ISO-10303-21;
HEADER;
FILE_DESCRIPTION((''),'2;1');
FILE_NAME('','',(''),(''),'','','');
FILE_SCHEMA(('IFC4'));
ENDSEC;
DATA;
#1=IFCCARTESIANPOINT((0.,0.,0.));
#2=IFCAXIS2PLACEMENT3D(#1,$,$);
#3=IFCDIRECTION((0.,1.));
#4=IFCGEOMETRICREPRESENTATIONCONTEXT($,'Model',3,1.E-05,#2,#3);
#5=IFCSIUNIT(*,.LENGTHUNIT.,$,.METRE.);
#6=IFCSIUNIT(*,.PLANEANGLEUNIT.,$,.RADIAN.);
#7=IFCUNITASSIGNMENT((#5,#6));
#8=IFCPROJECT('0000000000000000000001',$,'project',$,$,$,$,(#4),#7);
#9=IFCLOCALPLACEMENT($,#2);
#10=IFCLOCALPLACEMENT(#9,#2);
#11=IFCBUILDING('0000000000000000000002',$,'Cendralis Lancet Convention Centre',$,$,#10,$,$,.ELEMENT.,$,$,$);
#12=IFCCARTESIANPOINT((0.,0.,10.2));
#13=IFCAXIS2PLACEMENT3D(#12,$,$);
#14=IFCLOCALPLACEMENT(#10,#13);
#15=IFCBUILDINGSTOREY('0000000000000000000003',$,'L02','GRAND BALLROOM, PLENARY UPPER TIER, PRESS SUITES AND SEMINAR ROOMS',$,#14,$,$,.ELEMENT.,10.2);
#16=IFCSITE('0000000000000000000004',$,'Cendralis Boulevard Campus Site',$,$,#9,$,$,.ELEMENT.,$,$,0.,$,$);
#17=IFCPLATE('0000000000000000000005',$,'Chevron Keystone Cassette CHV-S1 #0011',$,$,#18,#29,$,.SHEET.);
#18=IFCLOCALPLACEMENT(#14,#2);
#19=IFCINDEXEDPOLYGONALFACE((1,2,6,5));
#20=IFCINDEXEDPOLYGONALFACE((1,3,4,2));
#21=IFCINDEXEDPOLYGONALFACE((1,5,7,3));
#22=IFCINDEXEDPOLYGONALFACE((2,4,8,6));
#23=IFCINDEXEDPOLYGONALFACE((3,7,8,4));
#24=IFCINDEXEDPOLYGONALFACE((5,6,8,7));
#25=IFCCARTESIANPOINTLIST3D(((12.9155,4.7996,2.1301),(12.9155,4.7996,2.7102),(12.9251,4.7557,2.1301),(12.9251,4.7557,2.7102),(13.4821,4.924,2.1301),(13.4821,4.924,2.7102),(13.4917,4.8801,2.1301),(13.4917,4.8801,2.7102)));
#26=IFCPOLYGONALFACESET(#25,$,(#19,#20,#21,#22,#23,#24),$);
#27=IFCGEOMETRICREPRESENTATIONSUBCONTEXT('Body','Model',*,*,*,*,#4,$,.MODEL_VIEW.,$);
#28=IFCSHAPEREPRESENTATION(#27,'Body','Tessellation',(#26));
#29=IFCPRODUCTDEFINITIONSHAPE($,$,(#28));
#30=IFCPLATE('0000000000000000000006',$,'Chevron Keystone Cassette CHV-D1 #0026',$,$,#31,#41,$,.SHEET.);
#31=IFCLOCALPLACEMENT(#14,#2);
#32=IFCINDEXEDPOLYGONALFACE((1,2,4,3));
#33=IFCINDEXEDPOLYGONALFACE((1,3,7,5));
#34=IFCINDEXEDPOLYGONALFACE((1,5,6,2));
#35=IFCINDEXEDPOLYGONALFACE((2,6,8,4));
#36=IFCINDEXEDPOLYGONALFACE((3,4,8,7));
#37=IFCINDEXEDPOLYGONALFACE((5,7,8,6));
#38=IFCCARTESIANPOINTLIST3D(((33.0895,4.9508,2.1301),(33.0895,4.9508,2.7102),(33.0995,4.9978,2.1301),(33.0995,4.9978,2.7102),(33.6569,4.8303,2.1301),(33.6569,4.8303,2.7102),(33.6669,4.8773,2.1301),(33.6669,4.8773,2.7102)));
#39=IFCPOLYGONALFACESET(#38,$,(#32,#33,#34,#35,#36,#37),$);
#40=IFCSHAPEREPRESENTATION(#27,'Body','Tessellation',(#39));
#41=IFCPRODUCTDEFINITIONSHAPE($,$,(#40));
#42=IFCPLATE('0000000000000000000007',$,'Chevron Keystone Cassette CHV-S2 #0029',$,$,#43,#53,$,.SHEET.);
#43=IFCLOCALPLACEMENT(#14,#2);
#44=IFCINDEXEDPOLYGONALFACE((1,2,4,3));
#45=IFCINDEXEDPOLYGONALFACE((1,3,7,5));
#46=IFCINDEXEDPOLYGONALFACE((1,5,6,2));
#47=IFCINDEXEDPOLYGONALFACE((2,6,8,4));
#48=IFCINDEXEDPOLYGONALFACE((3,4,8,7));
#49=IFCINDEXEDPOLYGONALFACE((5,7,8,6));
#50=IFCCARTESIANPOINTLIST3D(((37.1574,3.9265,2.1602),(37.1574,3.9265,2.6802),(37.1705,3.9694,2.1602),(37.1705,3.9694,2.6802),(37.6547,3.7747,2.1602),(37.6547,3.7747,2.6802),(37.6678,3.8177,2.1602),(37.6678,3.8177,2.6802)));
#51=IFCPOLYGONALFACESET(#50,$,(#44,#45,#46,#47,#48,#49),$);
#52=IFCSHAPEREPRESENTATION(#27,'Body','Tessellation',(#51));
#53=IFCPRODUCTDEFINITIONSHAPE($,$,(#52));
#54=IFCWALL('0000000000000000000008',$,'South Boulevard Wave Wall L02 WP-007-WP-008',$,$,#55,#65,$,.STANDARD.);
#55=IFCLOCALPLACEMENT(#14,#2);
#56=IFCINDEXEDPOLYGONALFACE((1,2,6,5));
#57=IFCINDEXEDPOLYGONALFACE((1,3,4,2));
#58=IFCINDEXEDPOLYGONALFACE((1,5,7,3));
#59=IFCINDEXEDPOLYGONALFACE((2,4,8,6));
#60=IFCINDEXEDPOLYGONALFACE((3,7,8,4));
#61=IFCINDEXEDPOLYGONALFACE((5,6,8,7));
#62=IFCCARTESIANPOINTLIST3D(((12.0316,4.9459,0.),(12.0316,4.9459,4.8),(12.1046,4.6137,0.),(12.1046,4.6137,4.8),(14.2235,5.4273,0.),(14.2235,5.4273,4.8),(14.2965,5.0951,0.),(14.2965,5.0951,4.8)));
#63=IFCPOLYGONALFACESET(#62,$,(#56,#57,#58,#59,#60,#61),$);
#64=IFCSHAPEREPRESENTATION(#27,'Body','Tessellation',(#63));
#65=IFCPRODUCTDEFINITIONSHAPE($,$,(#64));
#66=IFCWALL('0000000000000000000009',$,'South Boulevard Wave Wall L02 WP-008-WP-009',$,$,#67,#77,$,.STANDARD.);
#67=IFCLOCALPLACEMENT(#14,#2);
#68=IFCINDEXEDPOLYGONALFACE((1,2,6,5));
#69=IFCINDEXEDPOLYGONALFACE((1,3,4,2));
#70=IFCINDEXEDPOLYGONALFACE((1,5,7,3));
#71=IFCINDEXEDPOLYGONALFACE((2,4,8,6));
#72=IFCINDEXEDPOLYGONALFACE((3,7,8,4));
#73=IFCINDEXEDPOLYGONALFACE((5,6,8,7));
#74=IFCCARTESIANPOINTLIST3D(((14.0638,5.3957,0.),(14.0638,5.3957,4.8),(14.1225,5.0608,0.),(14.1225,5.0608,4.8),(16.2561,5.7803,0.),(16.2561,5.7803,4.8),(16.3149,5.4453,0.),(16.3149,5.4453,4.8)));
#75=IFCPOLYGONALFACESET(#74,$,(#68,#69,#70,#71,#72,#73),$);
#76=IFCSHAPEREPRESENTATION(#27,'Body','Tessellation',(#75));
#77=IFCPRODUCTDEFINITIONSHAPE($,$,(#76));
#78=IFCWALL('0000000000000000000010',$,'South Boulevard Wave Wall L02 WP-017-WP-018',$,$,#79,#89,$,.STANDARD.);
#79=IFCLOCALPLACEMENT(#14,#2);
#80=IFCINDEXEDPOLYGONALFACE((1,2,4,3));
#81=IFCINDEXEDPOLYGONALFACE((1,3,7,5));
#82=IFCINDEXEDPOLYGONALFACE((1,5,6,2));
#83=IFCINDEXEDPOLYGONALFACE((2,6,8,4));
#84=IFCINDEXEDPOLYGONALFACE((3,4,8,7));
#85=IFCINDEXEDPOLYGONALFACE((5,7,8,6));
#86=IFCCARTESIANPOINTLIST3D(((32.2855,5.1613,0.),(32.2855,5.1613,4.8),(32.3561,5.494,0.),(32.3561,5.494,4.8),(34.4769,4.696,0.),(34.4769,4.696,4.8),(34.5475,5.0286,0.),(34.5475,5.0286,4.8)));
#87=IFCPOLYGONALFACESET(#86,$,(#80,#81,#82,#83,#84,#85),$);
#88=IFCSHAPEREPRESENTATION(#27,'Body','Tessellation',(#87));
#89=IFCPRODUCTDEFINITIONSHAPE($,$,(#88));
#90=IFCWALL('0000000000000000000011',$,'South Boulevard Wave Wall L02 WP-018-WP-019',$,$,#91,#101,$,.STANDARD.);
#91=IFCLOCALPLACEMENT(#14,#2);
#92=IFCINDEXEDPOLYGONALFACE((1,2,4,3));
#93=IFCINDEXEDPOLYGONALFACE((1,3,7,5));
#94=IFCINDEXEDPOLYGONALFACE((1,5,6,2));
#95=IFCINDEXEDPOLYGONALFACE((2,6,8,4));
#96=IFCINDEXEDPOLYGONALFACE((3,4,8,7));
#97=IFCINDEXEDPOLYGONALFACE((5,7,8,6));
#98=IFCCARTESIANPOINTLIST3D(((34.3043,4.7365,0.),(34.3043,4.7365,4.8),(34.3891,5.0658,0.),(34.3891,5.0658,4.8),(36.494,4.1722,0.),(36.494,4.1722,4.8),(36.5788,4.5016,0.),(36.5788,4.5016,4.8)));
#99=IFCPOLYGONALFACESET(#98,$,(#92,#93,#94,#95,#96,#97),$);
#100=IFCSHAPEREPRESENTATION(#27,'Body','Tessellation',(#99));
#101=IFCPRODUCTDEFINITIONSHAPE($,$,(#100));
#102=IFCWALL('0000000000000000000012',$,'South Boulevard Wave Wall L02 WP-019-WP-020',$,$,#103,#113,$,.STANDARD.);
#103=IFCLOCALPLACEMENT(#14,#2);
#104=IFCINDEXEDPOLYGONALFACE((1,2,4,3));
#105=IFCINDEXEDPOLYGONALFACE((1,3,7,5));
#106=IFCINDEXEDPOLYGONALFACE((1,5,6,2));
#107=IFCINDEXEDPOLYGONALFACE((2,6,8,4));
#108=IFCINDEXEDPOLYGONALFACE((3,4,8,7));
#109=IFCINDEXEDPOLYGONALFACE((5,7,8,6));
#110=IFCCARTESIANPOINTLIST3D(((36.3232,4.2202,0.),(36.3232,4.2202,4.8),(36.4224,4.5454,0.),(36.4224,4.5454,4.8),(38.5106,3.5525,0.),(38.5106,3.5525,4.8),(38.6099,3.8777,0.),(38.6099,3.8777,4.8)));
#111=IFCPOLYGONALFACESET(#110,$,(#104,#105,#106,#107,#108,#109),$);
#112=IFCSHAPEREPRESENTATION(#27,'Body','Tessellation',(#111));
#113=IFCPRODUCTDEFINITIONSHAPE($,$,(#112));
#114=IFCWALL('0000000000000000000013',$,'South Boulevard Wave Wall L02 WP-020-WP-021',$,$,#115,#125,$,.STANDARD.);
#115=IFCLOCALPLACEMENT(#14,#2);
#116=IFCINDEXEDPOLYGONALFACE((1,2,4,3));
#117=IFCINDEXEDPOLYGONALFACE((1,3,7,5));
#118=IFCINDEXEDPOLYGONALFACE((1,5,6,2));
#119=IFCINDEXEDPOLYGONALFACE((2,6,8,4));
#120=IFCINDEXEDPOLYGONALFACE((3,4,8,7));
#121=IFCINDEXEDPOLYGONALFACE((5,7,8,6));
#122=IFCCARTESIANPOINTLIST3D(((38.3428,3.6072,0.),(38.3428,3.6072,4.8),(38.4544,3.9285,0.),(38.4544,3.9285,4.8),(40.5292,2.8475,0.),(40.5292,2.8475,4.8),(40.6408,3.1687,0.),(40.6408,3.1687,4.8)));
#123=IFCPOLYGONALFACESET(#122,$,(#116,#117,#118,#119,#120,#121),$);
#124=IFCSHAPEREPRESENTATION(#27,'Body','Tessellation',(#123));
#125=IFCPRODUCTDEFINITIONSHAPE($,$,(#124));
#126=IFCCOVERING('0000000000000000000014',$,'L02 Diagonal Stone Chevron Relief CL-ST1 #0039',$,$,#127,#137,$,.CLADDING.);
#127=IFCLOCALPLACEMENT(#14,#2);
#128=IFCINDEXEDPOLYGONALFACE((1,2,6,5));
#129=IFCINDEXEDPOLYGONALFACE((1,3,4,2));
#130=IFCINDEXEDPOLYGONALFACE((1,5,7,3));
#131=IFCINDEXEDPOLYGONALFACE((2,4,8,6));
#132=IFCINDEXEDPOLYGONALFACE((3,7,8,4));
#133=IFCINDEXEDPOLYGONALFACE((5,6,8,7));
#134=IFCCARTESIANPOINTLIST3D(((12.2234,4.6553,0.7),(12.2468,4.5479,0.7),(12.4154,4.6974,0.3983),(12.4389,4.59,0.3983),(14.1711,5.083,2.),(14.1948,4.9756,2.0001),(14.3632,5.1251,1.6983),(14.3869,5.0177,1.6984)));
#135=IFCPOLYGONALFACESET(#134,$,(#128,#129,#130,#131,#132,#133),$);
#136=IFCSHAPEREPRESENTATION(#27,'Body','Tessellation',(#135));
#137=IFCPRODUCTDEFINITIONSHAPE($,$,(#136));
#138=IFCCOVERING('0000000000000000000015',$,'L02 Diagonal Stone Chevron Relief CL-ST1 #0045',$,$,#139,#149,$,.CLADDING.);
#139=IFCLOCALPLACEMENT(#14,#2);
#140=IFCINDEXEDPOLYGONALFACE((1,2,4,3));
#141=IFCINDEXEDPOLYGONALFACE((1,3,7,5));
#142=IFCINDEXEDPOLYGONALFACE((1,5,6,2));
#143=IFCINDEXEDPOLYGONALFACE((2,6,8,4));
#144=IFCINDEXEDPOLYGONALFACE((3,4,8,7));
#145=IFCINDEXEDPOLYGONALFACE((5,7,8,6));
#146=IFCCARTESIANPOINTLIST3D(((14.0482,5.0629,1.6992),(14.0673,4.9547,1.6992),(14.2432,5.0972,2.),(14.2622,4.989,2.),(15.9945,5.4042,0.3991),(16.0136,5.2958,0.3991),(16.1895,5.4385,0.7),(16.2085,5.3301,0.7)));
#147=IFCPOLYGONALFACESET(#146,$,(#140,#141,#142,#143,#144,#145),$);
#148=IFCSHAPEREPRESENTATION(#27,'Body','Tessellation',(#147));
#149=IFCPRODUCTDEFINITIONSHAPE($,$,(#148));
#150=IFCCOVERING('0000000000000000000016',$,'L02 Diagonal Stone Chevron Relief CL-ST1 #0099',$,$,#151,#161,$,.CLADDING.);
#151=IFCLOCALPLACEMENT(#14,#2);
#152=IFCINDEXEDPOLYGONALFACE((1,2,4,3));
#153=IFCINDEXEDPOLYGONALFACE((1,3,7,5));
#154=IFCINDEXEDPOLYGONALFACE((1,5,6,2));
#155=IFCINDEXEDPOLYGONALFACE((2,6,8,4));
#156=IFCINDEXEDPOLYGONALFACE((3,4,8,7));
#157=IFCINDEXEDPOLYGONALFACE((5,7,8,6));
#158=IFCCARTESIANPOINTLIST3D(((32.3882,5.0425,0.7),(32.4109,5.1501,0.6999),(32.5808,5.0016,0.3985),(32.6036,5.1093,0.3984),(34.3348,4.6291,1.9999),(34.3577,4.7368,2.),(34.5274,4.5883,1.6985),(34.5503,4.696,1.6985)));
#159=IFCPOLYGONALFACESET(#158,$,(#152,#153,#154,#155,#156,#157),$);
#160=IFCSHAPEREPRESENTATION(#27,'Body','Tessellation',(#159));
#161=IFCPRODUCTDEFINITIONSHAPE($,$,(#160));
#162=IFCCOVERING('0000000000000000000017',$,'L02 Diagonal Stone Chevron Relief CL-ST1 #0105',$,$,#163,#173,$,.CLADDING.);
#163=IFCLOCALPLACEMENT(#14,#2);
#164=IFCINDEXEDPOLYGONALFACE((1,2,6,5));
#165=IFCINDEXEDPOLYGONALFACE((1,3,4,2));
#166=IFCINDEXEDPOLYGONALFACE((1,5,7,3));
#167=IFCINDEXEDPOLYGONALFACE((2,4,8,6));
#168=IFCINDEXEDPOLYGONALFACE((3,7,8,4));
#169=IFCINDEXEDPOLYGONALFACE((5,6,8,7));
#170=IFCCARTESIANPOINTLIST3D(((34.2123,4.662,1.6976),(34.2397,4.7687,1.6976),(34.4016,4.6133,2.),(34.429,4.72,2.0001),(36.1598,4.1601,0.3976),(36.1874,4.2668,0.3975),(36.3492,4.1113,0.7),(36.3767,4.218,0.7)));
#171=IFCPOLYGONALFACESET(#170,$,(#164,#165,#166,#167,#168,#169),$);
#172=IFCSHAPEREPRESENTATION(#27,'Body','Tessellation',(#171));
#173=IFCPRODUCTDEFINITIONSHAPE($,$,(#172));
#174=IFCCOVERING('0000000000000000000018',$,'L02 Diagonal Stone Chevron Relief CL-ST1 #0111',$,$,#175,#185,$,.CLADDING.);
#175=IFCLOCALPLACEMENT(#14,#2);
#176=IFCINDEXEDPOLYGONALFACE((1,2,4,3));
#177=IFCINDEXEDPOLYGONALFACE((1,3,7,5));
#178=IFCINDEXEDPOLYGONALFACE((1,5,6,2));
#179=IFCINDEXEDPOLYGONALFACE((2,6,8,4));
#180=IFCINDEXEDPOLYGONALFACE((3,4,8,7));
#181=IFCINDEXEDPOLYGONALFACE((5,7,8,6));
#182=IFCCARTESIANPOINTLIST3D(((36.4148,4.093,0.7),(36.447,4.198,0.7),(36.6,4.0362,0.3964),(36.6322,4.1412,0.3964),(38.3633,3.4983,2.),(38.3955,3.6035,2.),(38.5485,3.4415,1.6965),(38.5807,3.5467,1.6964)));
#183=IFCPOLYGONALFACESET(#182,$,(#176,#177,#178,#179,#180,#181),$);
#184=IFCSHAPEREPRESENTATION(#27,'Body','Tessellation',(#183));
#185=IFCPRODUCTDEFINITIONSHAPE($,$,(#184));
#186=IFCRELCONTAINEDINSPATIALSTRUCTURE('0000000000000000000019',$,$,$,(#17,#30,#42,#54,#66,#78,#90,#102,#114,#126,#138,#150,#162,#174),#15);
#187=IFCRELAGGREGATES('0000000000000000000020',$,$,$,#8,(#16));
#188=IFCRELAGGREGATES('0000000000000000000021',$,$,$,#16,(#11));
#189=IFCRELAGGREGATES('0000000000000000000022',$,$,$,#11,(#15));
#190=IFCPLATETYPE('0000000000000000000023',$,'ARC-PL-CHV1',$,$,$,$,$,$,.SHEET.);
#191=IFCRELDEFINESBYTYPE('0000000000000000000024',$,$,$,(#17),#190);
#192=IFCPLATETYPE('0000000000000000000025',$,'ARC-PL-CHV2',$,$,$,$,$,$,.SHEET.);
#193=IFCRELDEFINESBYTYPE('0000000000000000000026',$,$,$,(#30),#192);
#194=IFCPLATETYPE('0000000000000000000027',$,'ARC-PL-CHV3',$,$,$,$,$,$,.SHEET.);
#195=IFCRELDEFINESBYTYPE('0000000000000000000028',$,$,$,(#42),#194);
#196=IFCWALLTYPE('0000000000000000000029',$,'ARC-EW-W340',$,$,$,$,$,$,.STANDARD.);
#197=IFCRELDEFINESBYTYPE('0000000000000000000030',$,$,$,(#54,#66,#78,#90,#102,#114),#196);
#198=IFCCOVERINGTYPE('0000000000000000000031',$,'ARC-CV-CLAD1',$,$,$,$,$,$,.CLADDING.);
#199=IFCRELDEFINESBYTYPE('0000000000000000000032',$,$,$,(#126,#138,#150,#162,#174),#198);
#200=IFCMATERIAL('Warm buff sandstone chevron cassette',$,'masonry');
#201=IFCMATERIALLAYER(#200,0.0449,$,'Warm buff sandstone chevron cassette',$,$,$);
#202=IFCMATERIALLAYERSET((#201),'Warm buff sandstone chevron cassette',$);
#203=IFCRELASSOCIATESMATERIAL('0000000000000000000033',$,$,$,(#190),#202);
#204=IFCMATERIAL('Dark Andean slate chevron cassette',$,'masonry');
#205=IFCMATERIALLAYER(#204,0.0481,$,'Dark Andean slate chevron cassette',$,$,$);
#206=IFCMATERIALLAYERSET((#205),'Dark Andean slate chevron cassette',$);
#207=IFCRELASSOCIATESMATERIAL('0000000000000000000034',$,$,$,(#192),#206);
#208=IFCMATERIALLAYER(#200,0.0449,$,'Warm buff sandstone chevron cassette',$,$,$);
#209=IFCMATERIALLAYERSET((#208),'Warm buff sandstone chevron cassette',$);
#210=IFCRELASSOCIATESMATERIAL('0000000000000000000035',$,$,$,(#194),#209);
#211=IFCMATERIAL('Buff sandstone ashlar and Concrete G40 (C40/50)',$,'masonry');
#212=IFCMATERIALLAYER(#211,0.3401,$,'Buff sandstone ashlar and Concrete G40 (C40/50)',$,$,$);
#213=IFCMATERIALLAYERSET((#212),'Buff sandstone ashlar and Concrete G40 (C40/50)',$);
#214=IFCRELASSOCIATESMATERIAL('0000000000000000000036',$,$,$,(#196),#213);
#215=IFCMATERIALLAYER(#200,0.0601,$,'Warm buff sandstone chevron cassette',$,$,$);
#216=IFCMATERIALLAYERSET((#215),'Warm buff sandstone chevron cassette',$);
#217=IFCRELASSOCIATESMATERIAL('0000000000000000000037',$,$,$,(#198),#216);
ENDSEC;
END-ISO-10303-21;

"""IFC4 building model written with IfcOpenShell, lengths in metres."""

from ifc_helpers import new_model, si_unit, direction, frame, frame_2d, origin, origin_2d, place, context, subcontext, project, spatial, polyline, rectangle, outline, extrude, material, layer, layer_set, type_object, element, save


model = new_model("IFC4")

# Units and contexts
model_context = context("Model", 3, precision=1e-05, world=origin(), true_north=direction((0.0, 1.0)))
body_context = subcontext(model_context, "Body", "Model", "MODEL_VIEW")
ifc_project = project(units=[si_unit("LENGTHUNIT", "METRE"), si_unit("PLANEANGLEUNIT", "RADIAN")], contexts=[model_context])

# Site, building, storey
site_placement = place(None, origin())
site = spatial("IfcSite", under=ifc_project, at=site_placement, Name="Cendralis Boulevard Campus Site", CompositionType="ELEMENT", RefElevation=0.0)
building_placement = place(site_placement, origin())
building = spatial("IfcBuilding", under=site, at=building_placement, Name="Cendralis Lancet Convention Centre", CompositionType="ELEMENT")
storey_placement = place(building_placement, frame((0.0, 0.0, 10.2)))
storey = spatial("IfcBuildingStorey", under=building, at=storey_placement, Name="L02", Description="GRAND BALLROOM, PLENARY UPPER TIER, PRESS SUITES AND SEMINAR ROOMS", CompositionType="ELEMENT", Elevation=10.2)

# Plates
ifc_material_1 = material(Name="Warm buff sandstone chevron cassette", Category="masonry")
ifc_layer_1 = layer(ifc_material_1, 0.0449, Name="Warm buff sandstone chevron cassette")
ifc_layer_set_1 = layer_set([ifc_layer_1], Name="Warm buff sandstone chevron cassette")
plate_type_1 = type_object("IfcPlateType", Name="ARC-PL-CHV1", PredefinedType="SHEET", material=ifc_layer_set_1)
plate_1_placement = place(storey_placement, frame((13.2036, 4.8398, 2.1301), z_axis=(0.0, 0.0, 1.0), x_axis=(0.976717, 0.214531, 0.0)))
element("IfcPlate", 1, at=plate_1_placement, inside=storey, type_object=plate_type_1, Name="Chevron Keystone Cassette CHV-S1 #0011", PredefinedType="SHEET", context=body_context, shape_type="SweptSolid", body=[
    extrude(rectangle(XDim=0.5801, YDim=0.0449, at=origin_2d()), origin(), (0.0, 0.0, 1.0), 0.5801),
])
ifc_material_2 = material(Name="Dark Andean slate chevron cassette", Category="masonry")
ifc_layer_2 = layer(ifc_material_2, 0.0481, Name="Dark Andean slate chevron cassette")
ifc_layer_set_2 = layer_set([ifc_layer_2], Name="Dark Andean slate chevron cassette")
plate_type_2 = type_object("IfcPlateType", Name="ARC-PL-CHV2", PredefinedType="SHEET", material=ifc_layer_set_2)
plate_2_placement = place(storey_placement, frame((33.3782, 4.9141, 2.1301), z_axis=(0.0, 0.0, 1.0), x_axis=(0.978191, -0.207707, 0.0)))
element("IfcPlate", 2, at=plate_2_placement, inside=storey, type_object=plate_type_2, Name="Chevron Keystone Cassette CHV-D1 #0026", PredefinedType="SHEET", context=body_context, shape_type="SweptSolid", body=[
    extrude(rectangle(XDim=0.5801, YDim=0.0481, at=origin_2d()), origin(), (0.0, 0.0, 1.0), 0.5801),
])
ifc_layer_3 = layer(ifc_material_1, 0.0449, Name="Warm buff sandstone chevron cassette")
ifc_layer_set_3 = layer_set([ifc_layer_3], Name="Warm buff sandstone chevron cassette")
plate_type_3 = type_object("IfcPlateType", Name="ARC-PL-CHV3", PredefinedType="SHEET", material=ifc_layer_set_3)
plate_3_placement = place(storey_placement, frame((37.4126, 3.8721, 2.1602), z_axis=(0.0, 0.0, 1.0), x_axis=(0.956453, -0.291888, 0.0)))
element("IfcPlate", 3, at=plate_3_placement, inside=storey, type_object=plate_type_3, Name="Chevron Keystone Cassette CHV-S2 #0029", PredefinedType="SHEET", context=body_context, shape_type="SweptSolid", body=[
    extrude(rectangle(XDim=0.52, YDim=0.0449, at=origin_2d()), origin(), (0.0, 0.0, 1.0), 0.52),
])

# Walls
ifc_material_3 = material(Name="Buff sandstone ashlar and Concrete G40 (C40/50)", Category="masonry")
ifc_layer_4 = layer(ifc_material_3, 0.3401, Name="Buff sandstone ashlar and Concrete G40 (C40/50)")
ifc_layer_set_4 = layer_set([ifc_layer_4], Name="Buff sandstone ashlar and Concrete G40 (C40/50)")
wall_type = type_object("IfcWallType", Name="ARC-EW-W340", PredefinedType="STANDARD", material=ifc_layer_set_4)
wall_1_placement = place(storey_placement, frame((12.0681, 4.7798, 0.0), z_axis=(0.0, 0.0, 1.0), x_axis=(0.976717, 0.214534, 0.0)))
element("IfcWall", 4, at=wall_1_placement, inside=storey, type_object=wall_type, Name="South Boulevard Wave Wall L02 WP-007-WP-008", PredefinedType="STANDARD", context=body_context, shape_type="SweptSolid", body=[
    extrude(rectangle(XDim=2.2441, YDim=0.3401, at=frame_2d((1.1221, 0.0))), origin(), (0.0, 0.0, 1.0), 4.8),
])
wall_2_placement = place(storey_placement, frame((14.0933, 5.2283, 0.0), z_axis=(0.0, 0.0, 1.0), x_axis=(0.984965, 0.172753, 0.0)))
element("IfcWall", 5, at=wall_2_placement, inside=storey, type_object=wall_type, Name="South Boulevard Wave Wall L02 WP-008-WP-009", PredefinedType="STANDARD", context=body_context, shape_type="SweptSolid", body=[
    extrude(rectangle(XDim=2.2258, YDim=0.3401, at=frame_2d((1.1128, 0.0))), origin(), (0.0, 0.0, 1.0), 4.8),
])
wall_3_placement = place(storey_placement, frame((32.3208, 5.3276, 0.0), z_axis=(0.0, 0.0, 1.0), x_axis=(0.97819, -0.207713, 0.0)))
element("IfcWall", 6, at=wall_3_placement, inside=storey, type_object=wall_type, Name="South Boulevard Wave Wall L02 WP-017-WP-018", PredefinedType="STANDARD", context=body_context, shape_type="SweptSolid", body=[
    extrude(rectangle(XDim=2.2402, YDim=0.3401, at=frame_2d((1.1201, 0.0))), origin(), (0.0, 0.0, 1.0), 4.8),
])
wall_4_placement = place(storey_placement, frame((34.3467, 4.9011, 0.0), z_axis=(0.0, 0.0, 1.0), x_axis=(0.968371, -0.249516, 0.0)))
element("IfcWall", 7, at=wall_4_placement, inside=storey, type_object=wall_type, Name="South Boulevard Wave Wall L02 WP-018-WP-019", PredefinedType="STANDARD", context=body_context, shape_type="SweptSolid", body=[
    extrude(rectangle(XDim=2.2612, YDim=0.3401, at=frame_2d((1.1306, 0.0))), origin(), (0.0, 0.0, 1.0), 4.8),
])
wall_5_placement = place(storey_placement, frame((36.3728, 4.3828, 0.0), z_axis=(0.0, 0.0, 1.0), x_axis=(0.956434, -0.291947, 0.0)))
element("IfcWall", 8, at=wall_5_placement, inside=storey, type_object=wall_type, Name="South Boulevard Wave Wall L02 WP-019-WP-020", PredefinedType="STANDARD", context=body_context, shape_type="SweptSolid", body=[
    extrude(rectangle(XDim=2.2871, YDim=0.3401, at=frame_2d((1.1436, 0.0))), origin(), (0.0, 0.0, 1.0), 4.8),
])
wall_6_placement = place(storey_placement, frame((38.3987, 3.7678, 0.0), z_axis=(0.0, 0.0, 1.0), x_axis=(0.944599, -0.328226, 0.0)))
element("IfcWall", 9, at=wall_6_placement, inside=storey, type_object=wall_type, Name="South Boulevard Wave Wall L02 WP-020-WP-021", PredefinedType="STANDARD", context=body_context, shape_type="SweptSolid", body=[
    extrude(rectangle(XDim=2.3147, YDim=0.3401, at=frame_2d((1.1572, 0.0))), origin(), (0.0, 0.0, 1.0), 4.8),
])

# Coverings
ifc_layer_5 = layer(ifc_material_1, 0.0601, Name="Warm buff sandstone chevron cassette")
ifc_layer_set_5 = layer_set([ifc_layer_5], Name="Warm buff sandstone chevron cassette")
covering_type_1 = type_object("IfcCoveringType", Name="ARC-CV-CLAD1", PredefinedType="CLADDING", material=ifc_layer_set_5)
covering_1_placement = place(storey_placement, frame((12.2468, 4.5479, 0.7), z_axis=(-0.533421, -0.116989, 0.837721), x_axis=(0.818228, 0.179664, 0.546099)))
element("IfcCovering", 10, at=covering_1_placement, inside=storey, type_object=covering_type_1, Name="L02 Diagonal Stone Chevron Relief CL-ST1 #0039", PredefinedType="CLADDING", context=body_context, shape_type="SweptSolid", body=[
    extrude(outline(polyline([(0.0, 0.0), (2.3807, 0.0), (2.3806, 0.11), (0.0001, 0.1099), (0.0, 0.0)])), origin(), (0.0, 0.0, -1.0), 0.3601),
])
covering_2_placement = place(storey_placement, frame((14.2622, 4.989, 2.0), z_axis=(0.541329, 0.095206, 0.835403), x_axis=(0.822865, 0.144197, -0.549637)))
element("IfcCovering", 11, at=covering_2_placement, inside=storey, type_object=covering_type_1, Name="L02 Diagonal Stone Chevron Relief CL-ST1 #0045", PredefinedType="CLADDING", context=body_context, shape_type="SweptSolid", body=[
    extrude(outline(polyline([(0.0, 0.0), (2.3653, 0.0), (2.3652, 0.1101), (-0.0001, 0.1098), (0.0, 0.0)])), origin(), (0.0, 0.0, -1.0), 0.3601),
])
covering_3_placement = place(storey_placement, frame((32.3882, 5.0425, 0.7), z_axis=(-0.535021, 0.113434, 0.837189), x_axis=(0.81893, -0.173893, 0.546914)))
element("IfcCovering", 12, at=covering_3_placement, inside=storey, type_object=covering_type_1, Name="L02 Diagonal Stone Chevron Relief CL-ST1 #0099", PredefinedType="CLADDING", context=body_context, shape_type="SweptSolid", body=[
    extrude(outline(polyline([(0.0, 0.0), (2.377, 0.0), (2.377, 0.1101), (-0.0001, 0.11), (0.0, 0.0)])), origin(), (0.0, 0.0, -1.0), 0.3601),
])
covering_4_placement = place(storey_placement, frame((34.4016, 4.6133, 2.0), z_axis=(0.525709, -0.135337, 0.83983), x_axis=(0.813252, -0.209608, -0.54285)))
element("IfcCovering", 13, at=covering_4_placement, inside=storey, type_object=covering_type_1, Name="L02 Diagonal Stone Chevron Relief CL-ST1 #0105", PredefinedType="CLADDING", context=body_context, shape_type="SweptSolid", body=[
    extrude(outline(polyline([(0.0, 0.0), (2.3948, 0.0), (2.3948, 0.1102), (-0.0001, 0.1101), (0.0, 0.0)])), origin(), (0.0, 0.0, -1.0), 0.3601),
])
covering_5_placement = place(storey_placement, frame((36.4148, 4.093, 0.7), z_axis=(-0.514317, 0.1577, 0.842976), x_axis=(0.806256, -0.246089, 0.537951)))
element("IfcCovering", 14, at=covering_5_placement, inside=storey, type_object=covering_type_1, Name="L02 Diagonal Stone Chevron Relief CL-ST1 #0111", PredefinedType="CLADDING", context=body_context, shape_type="SweptSolid", body=[
    extrude(outline(polyline([(0.0, 0.0), (2.4167, 0.0), (2.4168, 0.11), (0.0001, 0.1098), (0.0, 0.0)])), origin(), (0.0, 0.0, -1.0), 0.3601),
])

save(model, "model.ifc")
